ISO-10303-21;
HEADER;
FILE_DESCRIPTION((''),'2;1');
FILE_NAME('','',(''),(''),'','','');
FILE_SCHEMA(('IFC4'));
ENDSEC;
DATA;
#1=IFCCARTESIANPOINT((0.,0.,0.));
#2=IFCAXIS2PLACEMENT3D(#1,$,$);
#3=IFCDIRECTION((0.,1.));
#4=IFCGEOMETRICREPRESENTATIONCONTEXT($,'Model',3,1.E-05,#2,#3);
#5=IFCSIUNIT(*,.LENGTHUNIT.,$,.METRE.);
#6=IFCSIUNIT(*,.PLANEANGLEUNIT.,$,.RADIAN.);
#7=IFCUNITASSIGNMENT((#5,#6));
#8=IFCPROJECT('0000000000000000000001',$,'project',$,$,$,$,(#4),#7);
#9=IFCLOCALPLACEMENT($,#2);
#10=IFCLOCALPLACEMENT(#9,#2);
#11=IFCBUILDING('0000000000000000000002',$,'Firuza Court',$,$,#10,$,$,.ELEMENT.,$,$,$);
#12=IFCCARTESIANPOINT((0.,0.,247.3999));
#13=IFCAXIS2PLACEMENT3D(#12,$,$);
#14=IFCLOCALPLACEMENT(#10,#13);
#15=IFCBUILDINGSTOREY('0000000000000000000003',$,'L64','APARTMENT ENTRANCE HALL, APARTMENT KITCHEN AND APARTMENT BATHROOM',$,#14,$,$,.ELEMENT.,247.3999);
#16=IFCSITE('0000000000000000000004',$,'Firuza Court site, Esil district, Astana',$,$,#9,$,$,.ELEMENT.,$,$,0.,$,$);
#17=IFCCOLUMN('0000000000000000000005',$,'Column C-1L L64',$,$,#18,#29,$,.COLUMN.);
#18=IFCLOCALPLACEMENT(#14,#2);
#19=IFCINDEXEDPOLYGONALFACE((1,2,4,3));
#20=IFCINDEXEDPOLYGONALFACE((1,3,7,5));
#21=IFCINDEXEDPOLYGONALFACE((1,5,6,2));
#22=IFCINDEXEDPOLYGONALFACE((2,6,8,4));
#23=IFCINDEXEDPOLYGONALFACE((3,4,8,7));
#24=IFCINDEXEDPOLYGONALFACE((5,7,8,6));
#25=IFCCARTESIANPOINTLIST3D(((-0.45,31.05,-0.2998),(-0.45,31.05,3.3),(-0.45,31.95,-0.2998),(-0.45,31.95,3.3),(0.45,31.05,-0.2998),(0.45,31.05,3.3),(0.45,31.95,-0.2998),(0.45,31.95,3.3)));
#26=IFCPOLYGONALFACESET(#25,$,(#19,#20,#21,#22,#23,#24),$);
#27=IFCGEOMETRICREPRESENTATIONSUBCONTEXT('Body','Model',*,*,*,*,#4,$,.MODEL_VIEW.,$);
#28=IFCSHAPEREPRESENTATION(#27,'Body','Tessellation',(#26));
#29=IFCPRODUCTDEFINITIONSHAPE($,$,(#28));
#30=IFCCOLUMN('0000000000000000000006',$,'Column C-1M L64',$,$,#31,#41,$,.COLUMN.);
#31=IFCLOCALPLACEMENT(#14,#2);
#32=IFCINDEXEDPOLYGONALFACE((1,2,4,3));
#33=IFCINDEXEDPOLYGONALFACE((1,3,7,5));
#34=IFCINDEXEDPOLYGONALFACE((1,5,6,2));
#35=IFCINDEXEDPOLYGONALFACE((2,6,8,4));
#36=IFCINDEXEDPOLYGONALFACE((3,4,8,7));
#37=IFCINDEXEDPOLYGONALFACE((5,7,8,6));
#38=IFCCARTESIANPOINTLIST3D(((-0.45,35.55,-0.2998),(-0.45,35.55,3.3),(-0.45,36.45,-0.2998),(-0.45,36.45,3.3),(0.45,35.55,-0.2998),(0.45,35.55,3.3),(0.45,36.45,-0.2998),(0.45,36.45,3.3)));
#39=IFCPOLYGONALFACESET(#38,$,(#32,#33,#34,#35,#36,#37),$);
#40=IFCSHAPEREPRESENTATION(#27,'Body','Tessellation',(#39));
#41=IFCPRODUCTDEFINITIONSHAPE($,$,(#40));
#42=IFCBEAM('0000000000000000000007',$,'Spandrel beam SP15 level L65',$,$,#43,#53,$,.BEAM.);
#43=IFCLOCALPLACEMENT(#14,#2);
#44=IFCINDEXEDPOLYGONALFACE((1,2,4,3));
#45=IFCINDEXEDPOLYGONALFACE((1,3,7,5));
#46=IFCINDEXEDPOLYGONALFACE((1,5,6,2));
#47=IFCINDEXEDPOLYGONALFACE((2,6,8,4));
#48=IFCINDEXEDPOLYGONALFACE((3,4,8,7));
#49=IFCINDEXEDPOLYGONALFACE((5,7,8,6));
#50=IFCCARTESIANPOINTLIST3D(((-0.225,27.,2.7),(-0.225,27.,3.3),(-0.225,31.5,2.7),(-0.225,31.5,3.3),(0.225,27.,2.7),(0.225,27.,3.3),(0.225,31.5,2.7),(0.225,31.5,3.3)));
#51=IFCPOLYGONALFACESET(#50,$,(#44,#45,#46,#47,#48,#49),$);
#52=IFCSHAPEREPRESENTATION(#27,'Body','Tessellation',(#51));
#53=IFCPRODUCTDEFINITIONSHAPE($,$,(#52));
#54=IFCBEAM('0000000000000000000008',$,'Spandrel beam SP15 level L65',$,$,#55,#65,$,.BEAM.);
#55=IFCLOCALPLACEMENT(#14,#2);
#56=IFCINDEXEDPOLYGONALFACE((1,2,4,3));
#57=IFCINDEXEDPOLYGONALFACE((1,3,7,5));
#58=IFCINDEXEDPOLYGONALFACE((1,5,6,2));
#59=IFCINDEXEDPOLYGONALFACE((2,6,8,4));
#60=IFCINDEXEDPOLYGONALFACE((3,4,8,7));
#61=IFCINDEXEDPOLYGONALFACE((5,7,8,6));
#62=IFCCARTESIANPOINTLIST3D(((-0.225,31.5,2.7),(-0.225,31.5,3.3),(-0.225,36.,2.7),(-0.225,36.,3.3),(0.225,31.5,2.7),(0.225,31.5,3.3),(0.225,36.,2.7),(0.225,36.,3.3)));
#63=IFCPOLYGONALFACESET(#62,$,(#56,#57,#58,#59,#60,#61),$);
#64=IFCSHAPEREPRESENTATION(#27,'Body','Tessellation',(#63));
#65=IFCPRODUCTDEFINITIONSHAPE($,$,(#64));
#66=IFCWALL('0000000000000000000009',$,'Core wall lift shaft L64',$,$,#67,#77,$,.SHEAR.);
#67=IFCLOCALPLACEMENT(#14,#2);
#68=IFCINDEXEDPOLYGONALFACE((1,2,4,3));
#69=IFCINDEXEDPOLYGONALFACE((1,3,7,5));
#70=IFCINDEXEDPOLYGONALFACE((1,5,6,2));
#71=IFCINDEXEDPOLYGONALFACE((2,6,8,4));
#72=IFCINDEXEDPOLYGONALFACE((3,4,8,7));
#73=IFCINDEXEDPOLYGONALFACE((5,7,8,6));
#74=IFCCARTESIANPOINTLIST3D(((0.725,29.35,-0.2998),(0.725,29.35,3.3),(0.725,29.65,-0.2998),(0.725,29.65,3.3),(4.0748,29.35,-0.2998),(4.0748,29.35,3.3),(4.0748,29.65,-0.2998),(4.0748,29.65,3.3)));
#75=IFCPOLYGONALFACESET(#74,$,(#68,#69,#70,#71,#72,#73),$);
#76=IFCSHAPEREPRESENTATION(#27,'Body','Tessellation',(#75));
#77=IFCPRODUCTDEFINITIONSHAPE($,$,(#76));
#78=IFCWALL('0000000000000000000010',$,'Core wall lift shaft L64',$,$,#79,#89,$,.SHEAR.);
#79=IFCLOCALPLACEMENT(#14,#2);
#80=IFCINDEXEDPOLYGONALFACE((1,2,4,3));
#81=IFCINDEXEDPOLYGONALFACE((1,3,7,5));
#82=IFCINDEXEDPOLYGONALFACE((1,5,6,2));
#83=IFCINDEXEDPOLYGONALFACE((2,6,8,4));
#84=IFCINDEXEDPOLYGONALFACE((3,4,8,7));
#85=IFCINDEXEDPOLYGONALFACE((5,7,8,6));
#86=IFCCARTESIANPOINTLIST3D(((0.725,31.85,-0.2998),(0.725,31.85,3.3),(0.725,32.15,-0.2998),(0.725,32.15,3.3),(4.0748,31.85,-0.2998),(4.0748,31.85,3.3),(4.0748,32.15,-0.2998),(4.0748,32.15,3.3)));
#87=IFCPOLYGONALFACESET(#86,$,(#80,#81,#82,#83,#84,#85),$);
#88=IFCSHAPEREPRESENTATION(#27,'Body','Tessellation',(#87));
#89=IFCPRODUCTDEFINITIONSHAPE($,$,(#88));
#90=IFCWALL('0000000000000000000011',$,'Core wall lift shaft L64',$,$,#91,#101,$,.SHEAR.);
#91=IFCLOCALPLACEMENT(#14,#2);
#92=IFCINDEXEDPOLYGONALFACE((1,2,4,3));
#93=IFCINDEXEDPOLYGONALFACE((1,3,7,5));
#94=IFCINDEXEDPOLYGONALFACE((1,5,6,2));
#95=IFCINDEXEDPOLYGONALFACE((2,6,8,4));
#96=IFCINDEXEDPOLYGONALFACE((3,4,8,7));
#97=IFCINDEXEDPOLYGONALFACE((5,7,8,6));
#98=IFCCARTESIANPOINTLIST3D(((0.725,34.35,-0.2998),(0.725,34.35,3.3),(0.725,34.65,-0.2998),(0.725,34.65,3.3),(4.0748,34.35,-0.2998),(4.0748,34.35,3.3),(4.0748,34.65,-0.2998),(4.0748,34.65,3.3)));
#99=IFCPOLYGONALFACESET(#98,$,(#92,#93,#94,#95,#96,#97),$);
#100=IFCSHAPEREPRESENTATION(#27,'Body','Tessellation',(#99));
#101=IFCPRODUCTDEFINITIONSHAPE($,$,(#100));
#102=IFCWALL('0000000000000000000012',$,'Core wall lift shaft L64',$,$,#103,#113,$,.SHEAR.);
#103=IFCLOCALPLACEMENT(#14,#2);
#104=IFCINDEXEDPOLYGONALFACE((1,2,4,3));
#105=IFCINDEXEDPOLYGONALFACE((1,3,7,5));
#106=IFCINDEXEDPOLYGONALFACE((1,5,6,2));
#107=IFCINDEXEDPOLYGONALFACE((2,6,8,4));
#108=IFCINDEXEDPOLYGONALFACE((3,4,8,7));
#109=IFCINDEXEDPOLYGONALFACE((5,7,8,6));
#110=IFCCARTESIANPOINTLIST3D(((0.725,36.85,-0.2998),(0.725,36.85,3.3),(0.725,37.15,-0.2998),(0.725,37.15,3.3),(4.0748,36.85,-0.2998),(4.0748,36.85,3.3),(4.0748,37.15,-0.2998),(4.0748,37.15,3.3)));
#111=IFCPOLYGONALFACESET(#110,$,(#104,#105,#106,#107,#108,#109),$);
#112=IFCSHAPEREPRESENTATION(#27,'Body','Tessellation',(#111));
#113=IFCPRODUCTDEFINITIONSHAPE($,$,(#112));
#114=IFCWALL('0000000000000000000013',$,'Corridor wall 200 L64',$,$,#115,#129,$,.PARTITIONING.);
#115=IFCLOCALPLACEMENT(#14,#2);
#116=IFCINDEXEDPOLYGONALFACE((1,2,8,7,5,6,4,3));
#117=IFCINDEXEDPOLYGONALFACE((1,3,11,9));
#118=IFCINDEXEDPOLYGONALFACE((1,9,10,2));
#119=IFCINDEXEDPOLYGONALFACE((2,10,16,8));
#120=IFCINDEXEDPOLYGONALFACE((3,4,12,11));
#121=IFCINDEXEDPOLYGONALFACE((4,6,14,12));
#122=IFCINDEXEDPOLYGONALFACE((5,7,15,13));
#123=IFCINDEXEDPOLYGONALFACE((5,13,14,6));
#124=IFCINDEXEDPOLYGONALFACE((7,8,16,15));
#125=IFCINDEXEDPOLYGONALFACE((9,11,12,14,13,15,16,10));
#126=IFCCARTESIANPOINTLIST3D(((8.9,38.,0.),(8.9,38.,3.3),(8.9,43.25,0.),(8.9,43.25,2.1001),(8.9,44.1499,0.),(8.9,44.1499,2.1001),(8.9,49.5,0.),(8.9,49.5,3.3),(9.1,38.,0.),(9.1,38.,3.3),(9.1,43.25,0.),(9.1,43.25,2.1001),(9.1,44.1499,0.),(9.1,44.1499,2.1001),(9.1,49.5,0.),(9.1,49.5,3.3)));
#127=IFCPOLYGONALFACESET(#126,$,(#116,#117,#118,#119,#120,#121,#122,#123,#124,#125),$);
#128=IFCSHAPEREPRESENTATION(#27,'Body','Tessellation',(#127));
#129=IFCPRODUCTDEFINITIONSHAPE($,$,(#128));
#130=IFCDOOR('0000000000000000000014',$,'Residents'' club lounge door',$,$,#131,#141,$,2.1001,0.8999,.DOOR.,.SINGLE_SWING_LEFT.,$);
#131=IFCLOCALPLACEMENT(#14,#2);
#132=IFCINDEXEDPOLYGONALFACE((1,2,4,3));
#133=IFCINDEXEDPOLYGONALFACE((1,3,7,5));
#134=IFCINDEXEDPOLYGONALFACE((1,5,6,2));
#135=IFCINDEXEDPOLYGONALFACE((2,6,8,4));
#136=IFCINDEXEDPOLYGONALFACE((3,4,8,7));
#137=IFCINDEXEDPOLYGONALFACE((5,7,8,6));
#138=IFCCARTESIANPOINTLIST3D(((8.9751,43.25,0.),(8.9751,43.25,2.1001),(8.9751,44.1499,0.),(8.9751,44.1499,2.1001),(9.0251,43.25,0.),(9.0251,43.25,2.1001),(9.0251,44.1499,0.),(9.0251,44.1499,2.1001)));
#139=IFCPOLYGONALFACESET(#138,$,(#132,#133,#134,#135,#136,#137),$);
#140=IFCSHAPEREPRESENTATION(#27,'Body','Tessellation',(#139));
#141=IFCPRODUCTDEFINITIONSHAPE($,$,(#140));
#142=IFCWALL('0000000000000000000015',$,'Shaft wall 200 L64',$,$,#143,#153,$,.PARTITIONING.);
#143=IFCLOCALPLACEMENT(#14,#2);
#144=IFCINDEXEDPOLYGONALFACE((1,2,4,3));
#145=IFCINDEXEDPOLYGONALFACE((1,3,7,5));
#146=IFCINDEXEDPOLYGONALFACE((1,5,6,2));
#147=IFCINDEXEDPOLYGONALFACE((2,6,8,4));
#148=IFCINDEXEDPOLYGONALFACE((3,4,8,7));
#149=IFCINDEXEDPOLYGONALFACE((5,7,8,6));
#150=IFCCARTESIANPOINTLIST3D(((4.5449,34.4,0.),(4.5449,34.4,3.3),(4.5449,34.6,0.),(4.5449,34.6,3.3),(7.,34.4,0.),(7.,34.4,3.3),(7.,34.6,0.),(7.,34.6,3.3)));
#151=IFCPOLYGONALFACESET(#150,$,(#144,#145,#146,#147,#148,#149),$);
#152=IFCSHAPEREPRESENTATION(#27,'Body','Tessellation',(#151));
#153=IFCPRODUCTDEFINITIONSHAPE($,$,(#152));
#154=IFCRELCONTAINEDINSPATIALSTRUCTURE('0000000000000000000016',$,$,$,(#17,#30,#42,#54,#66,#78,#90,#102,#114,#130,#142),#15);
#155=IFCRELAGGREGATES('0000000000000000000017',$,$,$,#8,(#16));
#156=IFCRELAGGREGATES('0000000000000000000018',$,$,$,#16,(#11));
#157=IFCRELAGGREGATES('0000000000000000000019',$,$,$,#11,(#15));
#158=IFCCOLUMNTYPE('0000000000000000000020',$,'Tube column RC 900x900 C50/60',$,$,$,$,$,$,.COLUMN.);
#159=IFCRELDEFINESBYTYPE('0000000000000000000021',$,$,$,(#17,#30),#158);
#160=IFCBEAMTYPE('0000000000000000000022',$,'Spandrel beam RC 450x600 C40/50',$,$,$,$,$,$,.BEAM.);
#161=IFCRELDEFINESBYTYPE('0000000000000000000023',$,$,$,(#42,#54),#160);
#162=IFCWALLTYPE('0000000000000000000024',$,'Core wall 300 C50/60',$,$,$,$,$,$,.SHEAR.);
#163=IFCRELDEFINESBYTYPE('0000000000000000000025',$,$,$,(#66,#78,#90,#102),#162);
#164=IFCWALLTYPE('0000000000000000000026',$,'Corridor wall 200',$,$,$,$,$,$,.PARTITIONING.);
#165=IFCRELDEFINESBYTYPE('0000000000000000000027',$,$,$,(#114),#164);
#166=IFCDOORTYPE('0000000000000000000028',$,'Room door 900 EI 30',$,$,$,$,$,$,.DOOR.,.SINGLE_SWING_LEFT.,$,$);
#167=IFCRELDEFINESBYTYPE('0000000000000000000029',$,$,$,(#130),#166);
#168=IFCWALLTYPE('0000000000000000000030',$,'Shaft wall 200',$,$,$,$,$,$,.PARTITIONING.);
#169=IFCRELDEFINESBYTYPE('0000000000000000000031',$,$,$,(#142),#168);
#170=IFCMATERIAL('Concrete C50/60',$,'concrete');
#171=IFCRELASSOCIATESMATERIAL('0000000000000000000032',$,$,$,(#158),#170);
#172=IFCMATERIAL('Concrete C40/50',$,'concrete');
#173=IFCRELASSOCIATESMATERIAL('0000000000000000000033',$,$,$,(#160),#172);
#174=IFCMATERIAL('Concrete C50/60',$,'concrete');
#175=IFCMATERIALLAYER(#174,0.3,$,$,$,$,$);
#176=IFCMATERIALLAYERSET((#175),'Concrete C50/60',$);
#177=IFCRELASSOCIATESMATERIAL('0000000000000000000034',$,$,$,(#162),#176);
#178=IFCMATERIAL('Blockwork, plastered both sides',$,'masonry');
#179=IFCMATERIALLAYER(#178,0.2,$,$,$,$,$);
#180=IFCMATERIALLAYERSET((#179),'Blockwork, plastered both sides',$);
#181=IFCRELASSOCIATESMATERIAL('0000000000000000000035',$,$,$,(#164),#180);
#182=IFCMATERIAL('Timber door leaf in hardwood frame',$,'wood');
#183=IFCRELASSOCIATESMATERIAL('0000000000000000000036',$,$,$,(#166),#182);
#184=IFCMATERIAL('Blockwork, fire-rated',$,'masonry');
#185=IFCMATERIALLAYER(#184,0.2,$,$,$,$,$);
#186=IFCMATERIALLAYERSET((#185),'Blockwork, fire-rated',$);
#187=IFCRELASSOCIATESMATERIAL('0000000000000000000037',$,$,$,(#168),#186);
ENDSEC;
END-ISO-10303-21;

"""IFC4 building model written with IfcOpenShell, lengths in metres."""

from ifc_helpers import new_model, si_unit, direction, frame, frame_2d, origin, origin_2d, place, context, subcontext, project, spatial, rectangle, extrude, material, layer, layer_set, material_profile, profile_set, type_object, element, fill, save


model = new_model("IFC4")

# Units and contexts
model_context = context("Model", 3, precision=1e-05, world=origin(), true_north=direction((0.0, 1.0)))
body_context = subcontext(model_context, "Body", "Model", "MODEL_VIEW")
ifc_project = project(units=[si_unit("LENGTHUNIT", "METRE"), si_unit("PLANEANGLEUNIT", "RADIAN")], contexts=[model_context])

# Site, building, storey
site_placement = place(None, origin())
site = spatial("IfcSite", under=ifc_project, at=site_placement, Name="Firuza Court site, Esil district, Astana", CompositionType="ELEMENT", RefElevation=0.0)
building_placement = place(site_placement, origin())
building = spatial("IfcBuilding", under=site, at=building_placement, Name="Firuza Court", CompositionType="ELEMENT")
storey_placement = place(building_placement, frame((0.0, 0.0, 247.3999)))
storey = spatial("IfcBuildingStorey", under=building, at=storey_placement, Name="L64", Description="APARTMENT ENTRANCE HALL, APARTMENT KITCHEN AND APARTMENT BATHROOM", CompositionType="ELEMENT", Elevation=247.3999)

# Columns
ifc_material_1 = material(Name="Concrete C50/60", Category="concrete")
ifc_material_profile_1 = material_profile(ifc_material_1, rectangle(XDim=0.8999, YDim=0.8999, at=origin_2d()), Name="RC 900x900")
ifc_profile_set_1 = profile_set([ifc_material_profile_1], Name="Concrete C50/60")
column_type = type_object("IfcColumnType", Name="Tube column RC 900x900 C50/60", PredefinedType="COLUMN", material=ifc_profile_set_1)
for number, where, z_axis, x_axis, name in (
    (1, (0.0, 31.5, -0.2998), (0.0, 0.0, 1.0), (1.0, 0.0, 0.0), "Column C-1L L64"),
    (2, (0.0, 36.0, -0.2998), (0.0, 0.0, 1.0), (1.0, 0.0, 0.0), "Column C-1M L64"),
):
    element("IfcColumn", number, at=place(storey_placement, frame(where, z_axis=z_axis, x_axis=x_axis)), inside=storey, type_object=column_type, Name=name, PredefinedType="COLUMN", context=body_context, shape_type="SweptSolid", body=[
        extrude(rectangle(XDim=0.8999, YDim=0.8999, at=origin_2d()), origin(), (0.0, 0.0, 1.0), 3.5999),
    ])

# Beams
ifc_material_2 = material(Name="Concrete C40/50", Category="concrete")
ifc_material_profile_2 = material_profile(ifc_material_2, rectangle(XDim=0.45, YDim=0.6001, at=origin_2d()), Name="RC 450x600")
ifc_profile_set_2 = profile_set([ifc_material_profile_2], Name="Concrete C40/50")
beam_type = type_object("IfcBeamType", Name="Spandrel beam RC 450x600 C40/50", PredefinedType="BEAM", material=ifc_profile_set_2)
for number, where, z_axis, x_axis, name in (
    (3, (0.0, 31.5, 3.0), (0.0, -1.0, 0.0), (1.0, 0.0, 0.0), "Spandrel beam SP15 level L65"),
    (4, (0.0, 36.0, 3.0), (0.0, -1.0, 0.0), (1.0, 0.0, 0.0), "Spandrel beam SP15 level L65"),
):
    element("IfcBeam", number, at=place(storey_placement, frame(where, z_axis=z_axis, x_axis=x_axis)), inside=storey, type_object=beam_type, Name=name, PredefinedType="BEAM", context=body_context, shape_type="SweptSolid", body=[
        extrude(rectangle(XDim=0.45, YDim=0.6001, at=origin_2d()), origin(), (0.0, 0.0, 1.0), 4.5),
    ])

# Walls
ifc_material_3 = material(Name="Concrete C50/60", Category="concrete")
ifc_layer_1 = layer(ifc_material_3, 0.3)
ifc_layer_set_1 = layer_set([ifc_layer_1], Name="Concrete C50/60")
wall_type_1 = type_object("IfcWallType", Name="Core wall 300 C50/60", PredefinedType="SHEAR", material=ifc_layer_set_1)
for number, where, z_axis, x_axis, name in (
    (5, (0.7251, 29.5, -0.2998), (0.0, 0.0, 1.0), (1.0, 0.0, 0.0), "Core wall lift shaft L64"),
    (6, (0.7251, 32.0, -0.2998), (0.0, 0.0, 1.0), (1.0, 0.0, 0.0), "Core wall lift shaft L64"),
    (7, (0.7251, 34.5, -0.2998), (0.0, 0.0, 1.0), (1.0, 0.0, 0.0), "Core wall lift shaft L64"),
    (8, (0.7251, 37.0, -0.2998), (0.0, 0.0, 1.0), (1.0, 0.0, 0.0), "Core wall lift shaft L64"),
):
    element("IfcWall", number, at=place(storey_placement, frame(where, z_axis=z_axis, x_axis=x_axis)), inside=storey, type_object=wall_type_1, Name=name, PredefinedType="SHEAR", context=body_context, shape_type="SweptSolid", body=[
        extrude(rectangle(XDim=3.3499, YDim=0.3, at=frame_2d((1.6748, 0.0))), origin(), (0.0, 0.0, 1.0), 3.5999),
    ])

# Wall, opening, door
ifc_material_4 = material(Name="Blockwork, plastered both sides", Category="masonry")
ifc_layer_2 = layer(ifc_material_4, 0.2)
ifc_layer_set_2 = layer_set([ifc_layer_2], Name="Blockwork, plastered both sides")
wall_type_2 = type_object("IfcWallType", Name="Corridor wall 200", PredefinedType="PARTITIONING", material=ifc_layer_set_2)
wall_1_placement = place(storey_placement, frame((9.0, 38.0, 0.0), z_axis=(0.0, 0.0, 1.0), x_axis=(0.0, 1.0, 0.0)))
wall_1 = element("IfcWall", 9, at=wall_1_placement, inside=storey, type_object=wall_type_2, Name="Corridor wall 200 L64", PredefinedType="PARTITIONING", context=body_context, shape_type="SweptSolid", body=[
    extrude(rectangle(XDim=11.5, YDim=0.2, at=frame_2d((5.75, 0.0))), origin(), (0.0, 0.0, 1.0), 3.3),
])
opening_1_placement = place(wall_1_placement, frame((5.25, 0.0, 0.0)))
opening_1 = element("IfcOpeningElement", 10, at=opening_1_placement, cuts=wall_1, PredefinedType="OPENING", context=body_context, shape_type="SweptSolid", body=[
    extrude(rectangle(XDim=0.8999, YDim=2.1001, at=frame_2d((0.45, 1.05))), frame((0.0, 0.1118, 0.0), z_axis=(0.0, -1.0, 0.0), x_axis=(1.0, 0.0, 0.0)), (0.0, 0.0, 1.0), 0.2239),
])
ifc_material_5 = material(Name="Timber door leaf in hardwood frame", Category="wood")
door_type_1 = type_object("IfcDoorType", Name="Room door 900 EI 30", OperationType="SINGLE_SWING_LEFT", PredefinedType="DOOR", material=ifc_material_5)
door_1_placement = place(opening_1_placement, origin())
door_1 = element("IfcDoor", 11, at=door_1_placement, inside=storey, type_object=door_type_1, Name="Residents' club lounge door", OperationType="SINGLE_SWING_LEFT", OverallHeight=2.1001, OverallWidth=0.8999, PredefinedType="DOOR", context=body_context, shape_type="SweptSolid", body=[
    extrude(rectangle(XDim=0.8999, YDim=2.1001, at=frame_2d((0.45, 1.05))), frame((0.0, 0.0249, 0.0), z_axis=(0.0, -1.0, 0.0), x_axis=(1.0, 0.0, 0.0)), (0.0, 0.0, 1.0), 0.05),
])
fill(opening_1, door_1)

# Wall
ifc_material_6 = material(Name="Blockwork, fire-rated", Category="masonry")
ifc_layer_3 = layer(ifc_material_6, 0.2)
ifc_layer_set_3 = layer_set([ifc_layer_3], Name="Blockwork, fire-rated")
wall_type_3 = type_object("IfcWallType", Name="Shaft wall 200", PredefinedType="PARTITIONING", material=ifc_layer_set_3)
wall_2_placement = place(storey_placement, frame((4.5449, 34.5, 0.0), z_axis=(0.0, 0.0, 1.0), x_axis=(1.0, 0.0, 0.0)))
element("IfcWall", 12, at=wall_2_placement, inside=storey, type_object=wall_type_3, Name="Shaft wall 200 L64", PredefinedType="PARTITIONING", context=body_context, shape_type="SweptSolid", body=[
    extrude(rectangle(XDim=2.4551, YDim=0.2, at=frame_2d((1.2275, 0.0))), origin(), (0.0, 0.0, 1.0), 3.3),
])

save(model, "model.ifc")
